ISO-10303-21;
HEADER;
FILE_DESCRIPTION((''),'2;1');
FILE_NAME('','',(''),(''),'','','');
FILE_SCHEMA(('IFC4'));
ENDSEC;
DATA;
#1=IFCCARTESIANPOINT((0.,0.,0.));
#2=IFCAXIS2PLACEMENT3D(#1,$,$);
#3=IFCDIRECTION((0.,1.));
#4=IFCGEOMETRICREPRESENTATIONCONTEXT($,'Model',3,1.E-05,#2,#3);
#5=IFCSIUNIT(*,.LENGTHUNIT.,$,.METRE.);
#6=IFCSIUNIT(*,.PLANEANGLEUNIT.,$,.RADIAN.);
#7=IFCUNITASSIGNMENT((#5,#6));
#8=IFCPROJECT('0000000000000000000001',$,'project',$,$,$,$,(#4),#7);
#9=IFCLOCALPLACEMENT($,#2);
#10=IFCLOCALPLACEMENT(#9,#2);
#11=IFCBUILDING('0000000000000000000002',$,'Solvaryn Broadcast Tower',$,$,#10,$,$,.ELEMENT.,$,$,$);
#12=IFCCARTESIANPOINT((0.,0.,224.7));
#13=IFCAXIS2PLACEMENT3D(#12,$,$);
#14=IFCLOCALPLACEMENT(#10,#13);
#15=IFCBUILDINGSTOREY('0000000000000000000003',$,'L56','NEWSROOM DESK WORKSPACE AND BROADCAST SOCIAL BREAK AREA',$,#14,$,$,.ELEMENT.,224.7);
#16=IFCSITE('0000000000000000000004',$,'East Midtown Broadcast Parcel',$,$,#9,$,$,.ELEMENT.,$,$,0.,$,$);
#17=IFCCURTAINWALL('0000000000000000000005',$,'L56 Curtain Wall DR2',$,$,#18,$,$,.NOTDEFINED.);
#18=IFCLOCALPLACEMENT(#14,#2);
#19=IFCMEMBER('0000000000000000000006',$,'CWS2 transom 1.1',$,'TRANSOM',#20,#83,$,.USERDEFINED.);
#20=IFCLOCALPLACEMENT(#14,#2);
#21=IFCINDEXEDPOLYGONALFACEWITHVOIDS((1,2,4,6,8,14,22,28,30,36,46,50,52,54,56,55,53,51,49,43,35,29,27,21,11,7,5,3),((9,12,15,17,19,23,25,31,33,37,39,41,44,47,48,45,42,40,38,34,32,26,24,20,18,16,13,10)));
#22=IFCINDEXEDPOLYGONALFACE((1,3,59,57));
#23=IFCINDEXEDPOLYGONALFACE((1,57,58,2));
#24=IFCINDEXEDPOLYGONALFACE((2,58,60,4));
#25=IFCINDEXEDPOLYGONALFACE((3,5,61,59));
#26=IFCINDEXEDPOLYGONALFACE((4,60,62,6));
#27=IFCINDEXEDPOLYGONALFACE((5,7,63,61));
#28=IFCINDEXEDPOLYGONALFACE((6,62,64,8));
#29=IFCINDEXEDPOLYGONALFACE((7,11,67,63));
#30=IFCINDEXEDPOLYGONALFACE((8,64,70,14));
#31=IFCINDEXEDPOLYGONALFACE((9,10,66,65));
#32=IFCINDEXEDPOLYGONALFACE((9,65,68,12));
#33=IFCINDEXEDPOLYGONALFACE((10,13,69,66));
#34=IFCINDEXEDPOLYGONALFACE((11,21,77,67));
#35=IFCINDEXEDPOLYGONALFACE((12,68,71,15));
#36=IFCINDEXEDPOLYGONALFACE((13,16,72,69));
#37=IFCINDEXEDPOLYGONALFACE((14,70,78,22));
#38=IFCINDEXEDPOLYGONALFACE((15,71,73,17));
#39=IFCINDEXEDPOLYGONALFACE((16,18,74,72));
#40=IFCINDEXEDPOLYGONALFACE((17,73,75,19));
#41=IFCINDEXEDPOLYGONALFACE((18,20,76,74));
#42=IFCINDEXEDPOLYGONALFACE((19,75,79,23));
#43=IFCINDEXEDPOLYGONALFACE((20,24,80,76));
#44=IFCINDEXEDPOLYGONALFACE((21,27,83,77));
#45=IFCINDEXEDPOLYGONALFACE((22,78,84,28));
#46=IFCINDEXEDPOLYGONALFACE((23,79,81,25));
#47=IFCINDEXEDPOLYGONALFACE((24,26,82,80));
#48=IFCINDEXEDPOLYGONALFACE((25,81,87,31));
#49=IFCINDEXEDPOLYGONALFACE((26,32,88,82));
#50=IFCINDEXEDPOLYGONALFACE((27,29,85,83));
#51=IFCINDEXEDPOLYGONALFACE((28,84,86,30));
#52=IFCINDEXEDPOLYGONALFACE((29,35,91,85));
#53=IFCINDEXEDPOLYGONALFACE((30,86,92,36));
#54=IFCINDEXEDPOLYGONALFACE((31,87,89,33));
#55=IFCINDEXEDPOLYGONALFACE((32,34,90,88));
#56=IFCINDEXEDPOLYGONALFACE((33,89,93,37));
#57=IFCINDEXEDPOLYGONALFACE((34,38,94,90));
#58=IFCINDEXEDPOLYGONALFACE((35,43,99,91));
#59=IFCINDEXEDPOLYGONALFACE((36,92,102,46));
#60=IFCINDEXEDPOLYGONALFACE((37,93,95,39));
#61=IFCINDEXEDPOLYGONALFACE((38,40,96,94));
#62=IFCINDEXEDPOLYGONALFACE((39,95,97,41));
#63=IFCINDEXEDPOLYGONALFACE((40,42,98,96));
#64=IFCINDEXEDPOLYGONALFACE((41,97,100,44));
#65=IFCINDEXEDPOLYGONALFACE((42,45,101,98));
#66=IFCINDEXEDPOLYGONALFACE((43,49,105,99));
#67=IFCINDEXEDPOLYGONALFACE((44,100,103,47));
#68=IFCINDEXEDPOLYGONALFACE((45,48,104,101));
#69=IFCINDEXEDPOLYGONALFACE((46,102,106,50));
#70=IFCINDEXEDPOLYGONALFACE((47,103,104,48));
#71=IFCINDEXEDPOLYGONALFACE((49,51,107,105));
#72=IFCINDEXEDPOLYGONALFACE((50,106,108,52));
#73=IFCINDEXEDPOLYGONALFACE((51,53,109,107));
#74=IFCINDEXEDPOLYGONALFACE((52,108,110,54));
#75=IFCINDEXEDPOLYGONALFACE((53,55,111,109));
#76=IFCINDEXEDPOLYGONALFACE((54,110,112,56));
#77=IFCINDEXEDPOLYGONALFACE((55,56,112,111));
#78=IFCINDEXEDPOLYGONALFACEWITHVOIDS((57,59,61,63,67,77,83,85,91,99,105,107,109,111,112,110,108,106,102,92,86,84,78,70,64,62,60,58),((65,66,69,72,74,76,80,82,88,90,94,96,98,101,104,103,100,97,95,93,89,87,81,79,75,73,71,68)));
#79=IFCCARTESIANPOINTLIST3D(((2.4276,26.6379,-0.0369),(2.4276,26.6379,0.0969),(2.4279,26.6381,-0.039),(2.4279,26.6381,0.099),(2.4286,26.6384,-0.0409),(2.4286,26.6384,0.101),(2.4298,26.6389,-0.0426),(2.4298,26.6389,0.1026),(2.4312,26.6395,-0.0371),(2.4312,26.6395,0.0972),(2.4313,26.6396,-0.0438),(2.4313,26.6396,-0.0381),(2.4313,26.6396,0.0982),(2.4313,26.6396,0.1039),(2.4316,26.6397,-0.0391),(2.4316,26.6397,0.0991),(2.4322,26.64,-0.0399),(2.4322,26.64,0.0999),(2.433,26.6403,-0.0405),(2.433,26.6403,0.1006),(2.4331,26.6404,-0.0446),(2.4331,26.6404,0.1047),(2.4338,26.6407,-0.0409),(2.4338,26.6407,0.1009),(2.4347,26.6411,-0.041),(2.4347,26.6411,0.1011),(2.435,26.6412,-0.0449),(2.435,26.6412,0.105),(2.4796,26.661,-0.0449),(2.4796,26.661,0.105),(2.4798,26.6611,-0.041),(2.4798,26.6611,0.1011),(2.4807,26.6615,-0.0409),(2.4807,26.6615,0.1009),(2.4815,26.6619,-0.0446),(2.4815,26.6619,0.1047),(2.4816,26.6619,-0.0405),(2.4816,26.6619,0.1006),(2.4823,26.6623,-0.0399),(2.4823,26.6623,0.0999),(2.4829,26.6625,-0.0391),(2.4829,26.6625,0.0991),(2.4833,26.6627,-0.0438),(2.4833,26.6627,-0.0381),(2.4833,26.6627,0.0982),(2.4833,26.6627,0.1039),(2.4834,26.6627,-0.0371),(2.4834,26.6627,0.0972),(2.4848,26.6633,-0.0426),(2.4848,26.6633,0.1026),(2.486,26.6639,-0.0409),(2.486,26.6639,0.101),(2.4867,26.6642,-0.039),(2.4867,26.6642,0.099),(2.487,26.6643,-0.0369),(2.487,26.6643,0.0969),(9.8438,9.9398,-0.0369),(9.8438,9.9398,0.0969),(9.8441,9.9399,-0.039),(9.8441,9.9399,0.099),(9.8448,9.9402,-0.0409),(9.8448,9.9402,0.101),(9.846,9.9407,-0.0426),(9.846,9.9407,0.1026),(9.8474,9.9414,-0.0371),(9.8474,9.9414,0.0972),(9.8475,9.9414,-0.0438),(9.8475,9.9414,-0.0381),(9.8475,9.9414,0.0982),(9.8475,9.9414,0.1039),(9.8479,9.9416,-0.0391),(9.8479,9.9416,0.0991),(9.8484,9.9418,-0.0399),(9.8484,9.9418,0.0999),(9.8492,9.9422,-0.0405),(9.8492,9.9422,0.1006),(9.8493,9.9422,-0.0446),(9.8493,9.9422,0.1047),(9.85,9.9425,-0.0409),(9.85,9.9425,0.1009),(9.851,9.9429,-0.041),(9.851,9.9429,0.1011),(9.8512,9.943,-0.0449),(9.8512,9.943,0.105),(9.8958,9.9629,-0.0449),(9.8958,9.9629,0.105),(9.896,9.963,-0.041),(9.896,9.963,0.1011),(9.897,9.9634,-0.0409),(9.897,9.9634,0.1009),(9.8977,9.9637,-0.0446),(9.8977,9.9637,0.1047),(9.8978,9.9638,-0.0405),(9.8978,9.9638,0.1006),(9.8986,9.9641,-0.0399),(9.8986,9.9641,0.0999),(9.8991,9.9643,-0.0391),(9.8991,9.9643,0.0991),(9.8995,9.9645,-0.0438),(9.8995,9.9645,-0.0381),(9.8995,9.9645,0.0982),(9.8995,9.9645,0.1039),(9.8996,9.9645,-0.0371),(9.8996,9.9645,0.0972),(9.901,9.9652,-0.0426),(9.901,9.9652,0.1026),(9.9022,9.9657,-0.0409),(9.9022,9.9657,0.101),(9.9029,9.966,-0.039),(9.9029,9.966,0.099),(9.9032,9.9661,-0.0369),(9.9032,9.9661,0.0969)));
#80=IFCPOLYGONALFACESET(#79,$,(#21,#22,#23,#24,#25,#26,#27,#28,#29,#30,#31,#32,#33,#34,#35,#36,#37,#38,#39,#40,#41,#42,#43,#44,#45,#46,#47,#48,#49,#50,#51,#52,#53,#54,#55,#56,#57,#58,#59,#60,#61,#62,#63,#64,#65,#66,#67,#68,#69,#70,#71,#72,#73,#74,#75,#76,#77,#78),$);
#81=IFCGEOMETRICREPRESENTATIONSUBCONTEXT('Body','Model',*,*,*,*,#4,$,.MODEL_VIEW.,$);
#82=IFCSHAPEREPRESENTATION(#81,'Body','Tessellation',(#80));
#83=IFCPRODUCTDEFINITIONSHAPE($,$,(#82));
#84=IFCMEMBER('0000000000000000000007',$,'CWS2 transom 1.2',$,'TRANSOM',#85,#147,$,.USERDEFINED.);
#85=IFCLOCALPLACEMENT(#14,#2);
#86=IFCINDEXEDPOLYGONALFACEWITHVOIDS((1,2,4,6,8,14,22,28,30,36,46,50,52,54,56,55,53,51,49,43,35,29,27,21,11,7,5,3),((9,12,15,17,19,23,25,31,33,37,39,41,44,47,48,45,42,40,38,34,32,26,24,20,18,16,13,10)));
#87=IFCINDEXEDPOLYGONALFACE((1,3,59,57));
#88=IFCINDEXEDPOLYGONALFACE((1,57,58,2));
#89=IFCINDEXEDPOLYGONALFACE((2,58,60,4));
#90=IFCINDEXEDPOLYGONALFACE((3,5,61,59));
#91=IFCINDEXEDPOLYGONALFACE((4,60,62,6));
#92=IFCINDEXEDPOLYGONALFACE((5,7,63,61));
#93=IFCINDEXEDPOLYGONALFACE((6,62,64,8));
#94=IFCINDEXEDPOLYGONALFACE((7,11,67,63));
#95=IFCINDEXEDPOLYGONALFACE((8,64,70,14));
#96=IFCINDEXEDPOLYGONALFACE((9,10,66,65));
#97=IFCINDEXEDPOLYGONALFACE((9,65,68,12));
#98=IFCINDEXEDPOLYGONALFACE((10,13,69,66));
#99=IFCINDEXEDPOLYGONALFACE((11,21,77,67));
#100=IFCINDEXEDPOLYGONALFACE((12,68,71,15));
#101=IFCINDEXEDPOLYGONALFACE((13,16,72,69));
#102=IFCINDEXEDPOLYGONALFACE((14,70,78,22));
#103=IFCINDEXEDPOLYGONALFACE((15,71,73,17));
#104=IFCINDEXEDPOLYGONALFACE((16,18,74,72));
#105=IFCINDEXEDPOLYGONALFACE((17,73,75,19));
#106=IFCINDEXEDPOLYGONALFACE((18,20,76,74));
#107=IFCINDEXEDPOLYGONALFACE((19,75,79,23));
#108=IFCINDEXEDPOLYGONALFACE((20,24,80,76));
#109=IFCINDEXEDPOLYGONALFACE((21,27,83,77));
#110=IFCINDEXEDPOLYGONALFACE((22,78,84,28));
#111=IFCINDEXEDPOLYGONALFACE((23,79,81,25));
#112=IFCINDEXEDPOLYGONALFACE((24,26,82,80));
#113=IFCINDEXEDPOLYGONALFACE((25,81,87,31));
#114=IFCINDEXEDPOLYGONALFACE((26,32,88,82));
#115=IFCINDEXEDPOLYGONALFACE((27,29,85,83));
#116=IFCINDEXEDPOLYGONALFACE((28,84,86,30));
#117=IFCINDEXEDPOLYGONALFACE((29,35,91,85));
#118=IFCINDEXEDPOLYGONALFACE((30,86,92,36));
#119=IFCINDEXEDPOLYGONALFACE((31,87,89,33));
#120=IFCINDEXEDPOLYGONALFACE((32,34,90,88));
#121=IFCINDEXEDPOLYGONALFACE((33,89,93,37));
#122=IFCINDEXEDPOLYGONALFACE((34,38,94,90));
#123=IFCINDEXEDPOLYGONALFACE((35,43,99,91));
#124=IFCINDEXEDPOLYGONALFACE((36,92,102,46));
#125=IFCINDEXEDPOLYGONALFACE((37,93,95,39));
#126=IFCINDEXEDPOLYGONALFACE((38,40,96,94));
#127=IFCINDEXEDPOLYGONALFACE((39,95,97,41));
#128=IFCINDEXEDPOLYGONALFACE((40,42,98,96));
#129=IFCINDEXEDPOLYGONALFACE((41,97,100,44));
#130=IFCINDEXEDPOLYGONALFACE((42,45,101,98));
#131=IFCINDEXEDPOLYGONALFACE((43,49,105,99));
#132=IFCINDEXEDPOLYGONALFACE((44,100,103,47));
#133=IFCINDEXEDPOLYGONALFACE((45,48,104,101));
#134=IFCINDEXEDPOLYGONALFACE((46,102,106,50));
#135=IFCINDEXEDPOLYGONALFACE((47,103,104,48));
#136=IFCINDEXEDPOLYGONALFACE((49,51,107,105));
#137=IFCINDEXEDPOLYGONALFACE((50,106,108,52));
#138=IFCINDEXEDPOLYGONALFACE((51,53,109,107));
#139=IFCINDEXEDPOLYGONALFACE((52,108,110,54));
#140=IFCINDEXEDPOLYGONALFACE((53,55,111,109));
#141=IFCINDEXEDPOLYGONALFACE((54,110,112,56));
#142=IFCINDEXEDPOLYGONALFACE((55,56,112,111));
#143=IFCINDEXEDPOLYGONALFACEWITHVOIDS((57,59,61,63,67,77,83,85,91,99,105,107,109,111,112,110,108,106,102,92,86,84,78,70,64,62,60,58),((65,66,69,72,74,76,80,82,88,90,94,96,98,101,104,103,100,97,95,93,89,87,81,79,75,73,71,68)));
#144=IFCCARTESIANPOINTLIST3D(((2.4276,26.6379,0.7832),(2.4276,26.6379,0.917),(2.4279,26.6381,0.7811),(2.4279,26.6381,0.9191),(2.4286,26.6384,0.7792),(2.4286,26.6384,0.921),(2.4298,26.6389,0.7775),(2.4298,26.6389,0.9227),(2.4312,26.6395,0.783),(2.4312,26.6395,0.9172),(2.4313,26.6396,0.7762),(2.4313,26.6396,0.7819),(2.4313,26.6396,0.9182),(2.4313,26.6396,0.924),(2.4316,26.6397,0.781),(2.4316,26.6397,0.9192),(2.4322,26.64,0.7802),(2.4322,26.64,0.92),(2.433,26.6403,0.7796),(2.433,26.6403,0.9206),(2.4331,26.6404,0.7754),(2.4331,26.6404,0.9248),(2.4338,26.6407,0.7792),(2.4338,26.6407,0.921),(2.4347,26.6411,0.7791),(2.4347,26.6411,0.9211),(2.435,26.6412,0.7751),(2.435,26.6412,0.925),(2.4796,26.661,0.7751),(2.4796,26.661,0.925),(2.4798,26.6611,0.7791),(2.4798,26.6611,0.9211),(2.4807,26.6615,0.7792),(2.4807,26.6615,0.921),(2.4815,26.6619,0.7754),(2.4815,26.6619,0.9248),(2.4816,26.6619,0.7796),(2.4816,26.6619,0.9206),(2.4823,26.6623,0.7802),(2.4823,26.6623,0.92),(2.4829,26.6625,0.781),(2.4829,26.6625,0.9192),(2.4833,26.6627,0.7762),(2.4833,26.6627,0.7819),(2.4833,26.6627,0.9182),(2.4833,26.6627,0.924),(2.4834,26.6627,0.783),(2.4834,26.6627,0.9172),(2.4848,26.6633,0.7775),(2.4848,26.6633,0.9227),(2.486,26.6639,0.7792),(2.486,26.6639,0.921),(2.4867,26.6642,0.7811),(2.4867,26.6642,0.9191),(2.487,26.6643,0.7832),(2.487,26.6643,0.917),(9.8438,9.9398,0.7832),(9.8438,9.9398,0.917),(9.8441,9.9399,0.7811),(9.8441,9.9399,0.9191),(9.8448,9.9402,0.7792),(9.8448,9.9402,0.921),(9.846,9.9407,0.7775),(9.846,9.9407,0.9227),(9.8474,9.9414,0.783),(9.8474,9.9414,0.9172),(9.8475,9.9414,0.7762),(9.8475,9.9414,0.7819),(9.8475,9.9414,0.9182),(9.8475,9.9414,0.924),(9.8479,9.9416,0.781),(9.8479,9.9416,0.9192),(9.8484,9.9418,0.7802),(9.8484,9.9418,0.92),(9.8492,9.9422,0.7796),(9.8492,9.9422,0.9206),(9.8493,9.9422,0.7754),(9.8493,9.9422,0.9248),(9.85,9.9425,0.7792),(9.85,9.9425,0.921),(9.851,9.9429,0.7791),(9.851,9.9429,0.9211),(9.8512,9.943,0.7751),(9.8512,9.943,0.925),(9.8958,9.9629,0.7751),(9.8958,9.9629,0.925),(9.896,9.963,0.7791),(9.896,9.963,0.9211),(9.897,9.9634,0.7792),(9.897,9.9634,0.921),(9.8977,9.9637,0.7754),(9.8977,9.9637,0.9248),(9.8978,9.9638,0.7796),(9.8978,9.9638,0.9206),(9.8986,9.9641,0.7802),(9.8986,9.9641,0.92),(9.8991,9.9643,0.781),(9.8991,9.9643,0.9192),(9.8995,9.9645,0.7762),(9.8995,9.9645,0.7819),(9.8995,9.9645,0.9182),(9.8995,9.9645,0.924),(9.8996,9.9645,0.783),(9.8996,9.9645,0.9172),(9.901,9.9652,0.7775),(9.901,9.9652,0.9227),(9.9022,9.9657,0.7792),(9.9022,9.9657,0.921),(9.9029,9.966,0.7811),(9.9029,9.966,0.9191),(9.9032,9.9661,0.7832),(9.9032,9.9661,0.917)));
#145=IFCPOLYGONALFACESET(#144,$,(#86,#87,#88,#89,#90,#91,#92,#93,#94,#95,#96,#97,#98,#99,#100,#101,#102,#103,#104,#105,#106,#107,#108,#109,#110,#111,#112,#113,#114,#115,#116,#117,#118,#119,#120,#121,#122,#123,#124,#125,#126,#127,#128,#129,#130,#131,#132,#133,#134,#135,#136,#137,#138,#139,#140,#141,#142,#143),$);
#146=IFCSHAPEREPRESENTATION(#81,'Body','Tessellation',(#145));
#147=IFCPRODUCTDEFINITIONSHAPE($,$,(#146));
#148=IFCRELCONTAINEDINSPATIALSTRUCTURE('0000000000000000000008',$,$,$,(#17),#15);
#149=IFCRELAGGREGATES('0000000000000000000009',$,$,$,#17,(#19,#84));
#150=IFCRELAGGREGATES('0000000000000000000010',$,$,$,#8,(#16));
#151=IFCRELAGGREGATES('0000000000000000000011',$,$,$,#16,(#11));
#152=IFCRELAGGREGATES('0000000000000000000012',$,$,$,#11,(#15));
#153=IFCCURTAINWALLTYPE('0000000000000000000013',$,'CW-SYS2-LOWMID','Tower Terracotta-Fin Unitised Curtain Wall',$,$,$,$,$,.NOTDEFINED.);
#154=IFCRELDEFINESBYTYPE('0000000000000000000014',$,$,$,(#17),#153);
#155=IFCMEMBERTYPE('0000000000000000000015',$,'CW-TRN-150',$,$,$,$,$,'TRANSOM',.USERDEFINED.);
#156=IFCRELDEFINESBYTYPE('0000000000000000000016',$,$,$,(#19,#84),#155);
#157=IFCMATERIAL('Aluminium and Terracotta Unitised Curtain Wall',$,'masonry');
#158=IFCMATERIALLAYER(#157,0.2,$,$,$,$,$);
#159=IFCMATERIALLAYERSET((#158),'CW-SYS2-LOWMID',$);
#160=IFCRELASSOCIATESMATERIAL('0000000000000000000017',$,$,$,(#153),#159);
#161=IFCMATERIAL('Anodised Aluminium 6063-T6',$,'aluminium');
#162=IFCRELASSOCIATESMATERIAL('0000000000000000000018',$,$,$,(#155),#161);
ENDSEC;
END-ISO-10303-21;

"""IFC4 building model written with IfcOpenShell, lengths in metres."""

from ifc_helpers import new_model, si_unit, direction, frame, origin, origin_2d, place, context, subcontext, project, spatial, hollow_rectangle, extrude, material, layer, layer_set, material_profile, profile_set, type_object, element, aggregate, save


model = new_model("IFC4")

# Units and contexts
model_context = context("Model", 3, precision=1e-05, world=origin(), true_north=direction((0.0, 1.0)))
body_context = subcontext(model_context, "Body", "Model", "MODEL_VIEW")
ifc_project = project(units=[si_unit("LENGTHUNIT", "METRE"), si_unit("PLANEANGLEUNIT", "RADIAN")], contexts=[model_context])

# Site, building, storey
site_placement = place(None, origin())
site = spatial("IfcSite", under=ifc_project, at=site_placement, Name="East Midtown Broadcast Parcel", CompositionType="ELEMENT", RefElevation=0.0)
building_placement = place(site_placement, origin())
building = spatial("IfcBuilding", under=site, at=building_placement, Name="Solvaryn Broadcast Tower", CompositionType="ELEMENT")
storey_placement = place(building_placement, frame((0.0, 0.0, 224.7)))
storey = spatial("IfcBuildingStorey", under=building, at=storey_placement, Name="L56", Description="NEWSROOM DESK WORKSPACE AND BROADCAST SOCIAL BREAK AREA", CompositionType="ELEMENT", Elevation=224.7)

# Shared definitions
ifc_material_1 = material(Name="Aluminium and Terracotta Unitised Curtain Wall", Category="masonry")
ifc_layer_1 = layer(ifc_material_1, 0.2)
ifc_layer_set_1 = layer_set([ifc_layer_1], Name="CW-SYS2-LOWMID")
curtain_wall_type = type_object("IfcCurtainWallType", Name="CW-SYS2-LOWMID", Description="Tower Terracotta-Fin Unitised Curtain Wall", PredefinedType="NOTDEFINED", material=ifc_layer_set_1)

# Curtain wall, members
curtain_wall_1_placement = place(storey_placement, origin())
curtain_wall_1 = element("IfcCurtainWall", 1, at=curtain_wall_1_placement, inside=storey, type_object=curtain_wall_type, Name="L56 Curtain Wall DR2", PredefinedType="NOTDEFINED")
ifc_material_2 = material(Name="Anodised Aluminium 6063-T6", Category="aluminium")
ifc_material_profile_1 = material_profile(ifc_material_2, hollow_rectangle(XDim=0.0649, YDim=0.1499, WallThickness=0.0039, InnerFilletRadius=0.0039, OuterFilletRadius=0.0081, at=origin_2d()))
ifc_profile_set_1 = profile_set([ifc_material_profile_1], Name="Anodised Aluminium 6063-T6")
member_type_1 = type_object("IfcMemberType", Name="CW-TRN-150", ElementType="TRANSOM", PredefinedType="USERDEFINED", material=ifc_profile_set_1)
member_1_placement = place(storey_placement, frame((2.4573, 26.6511, 0.03), z_axis=(0.405902, -0.913917, 0.0), x_axis=(0.913917, 0.405902, 0.0)))
member_1 = element("IfcMember", 2, at=member_1_placement, type_object=member_type_1, Name="CWS2 transom 1.1", ObjectType="TRANSOM", PredefinedType="USERDEFINED", context=body_context, shape_type="SweptSolid", body=[
    extrude(hollow_rectangle(XDim=0.0649, YDim=0.1499, WallThickness=0.0039, InnerFilletRadius=0.0039, OuterFilletRadius=0.0081, at=origin_2d()), origin(), (0.0, 0.0, 1.0), 18.271),
])
member_2_placement = place(storey_placement, frame((2.4573, 26.6511, 0.8501), z_axis=(0.405902, -0.913917, 0.0), x_axis=(0.913917, 0.405902, 0.0)))
member_2 = element("IfcMember", 3, at=member_2_placement, type_object=member_type_1, Name="CWS2 transom 1.2", ObjectType="TRANSOM", PredefinedType="USERDEFINED", context=body_context, shape_type="SweptSolid", body=[
    extrude(hollow_rectangle(XDim=0.0649, YDim=0.1499, WallThickness=0.0039, InnerFilletRadius=0.0039, OuterFilletRadius=0.0081, at=origin_2d()), origin(), (0.0, 0.0, 1.0), 18.271),
])
aggregate(curtain_wall_1, [member_1, member_2])

save(model, "model.ifc")
